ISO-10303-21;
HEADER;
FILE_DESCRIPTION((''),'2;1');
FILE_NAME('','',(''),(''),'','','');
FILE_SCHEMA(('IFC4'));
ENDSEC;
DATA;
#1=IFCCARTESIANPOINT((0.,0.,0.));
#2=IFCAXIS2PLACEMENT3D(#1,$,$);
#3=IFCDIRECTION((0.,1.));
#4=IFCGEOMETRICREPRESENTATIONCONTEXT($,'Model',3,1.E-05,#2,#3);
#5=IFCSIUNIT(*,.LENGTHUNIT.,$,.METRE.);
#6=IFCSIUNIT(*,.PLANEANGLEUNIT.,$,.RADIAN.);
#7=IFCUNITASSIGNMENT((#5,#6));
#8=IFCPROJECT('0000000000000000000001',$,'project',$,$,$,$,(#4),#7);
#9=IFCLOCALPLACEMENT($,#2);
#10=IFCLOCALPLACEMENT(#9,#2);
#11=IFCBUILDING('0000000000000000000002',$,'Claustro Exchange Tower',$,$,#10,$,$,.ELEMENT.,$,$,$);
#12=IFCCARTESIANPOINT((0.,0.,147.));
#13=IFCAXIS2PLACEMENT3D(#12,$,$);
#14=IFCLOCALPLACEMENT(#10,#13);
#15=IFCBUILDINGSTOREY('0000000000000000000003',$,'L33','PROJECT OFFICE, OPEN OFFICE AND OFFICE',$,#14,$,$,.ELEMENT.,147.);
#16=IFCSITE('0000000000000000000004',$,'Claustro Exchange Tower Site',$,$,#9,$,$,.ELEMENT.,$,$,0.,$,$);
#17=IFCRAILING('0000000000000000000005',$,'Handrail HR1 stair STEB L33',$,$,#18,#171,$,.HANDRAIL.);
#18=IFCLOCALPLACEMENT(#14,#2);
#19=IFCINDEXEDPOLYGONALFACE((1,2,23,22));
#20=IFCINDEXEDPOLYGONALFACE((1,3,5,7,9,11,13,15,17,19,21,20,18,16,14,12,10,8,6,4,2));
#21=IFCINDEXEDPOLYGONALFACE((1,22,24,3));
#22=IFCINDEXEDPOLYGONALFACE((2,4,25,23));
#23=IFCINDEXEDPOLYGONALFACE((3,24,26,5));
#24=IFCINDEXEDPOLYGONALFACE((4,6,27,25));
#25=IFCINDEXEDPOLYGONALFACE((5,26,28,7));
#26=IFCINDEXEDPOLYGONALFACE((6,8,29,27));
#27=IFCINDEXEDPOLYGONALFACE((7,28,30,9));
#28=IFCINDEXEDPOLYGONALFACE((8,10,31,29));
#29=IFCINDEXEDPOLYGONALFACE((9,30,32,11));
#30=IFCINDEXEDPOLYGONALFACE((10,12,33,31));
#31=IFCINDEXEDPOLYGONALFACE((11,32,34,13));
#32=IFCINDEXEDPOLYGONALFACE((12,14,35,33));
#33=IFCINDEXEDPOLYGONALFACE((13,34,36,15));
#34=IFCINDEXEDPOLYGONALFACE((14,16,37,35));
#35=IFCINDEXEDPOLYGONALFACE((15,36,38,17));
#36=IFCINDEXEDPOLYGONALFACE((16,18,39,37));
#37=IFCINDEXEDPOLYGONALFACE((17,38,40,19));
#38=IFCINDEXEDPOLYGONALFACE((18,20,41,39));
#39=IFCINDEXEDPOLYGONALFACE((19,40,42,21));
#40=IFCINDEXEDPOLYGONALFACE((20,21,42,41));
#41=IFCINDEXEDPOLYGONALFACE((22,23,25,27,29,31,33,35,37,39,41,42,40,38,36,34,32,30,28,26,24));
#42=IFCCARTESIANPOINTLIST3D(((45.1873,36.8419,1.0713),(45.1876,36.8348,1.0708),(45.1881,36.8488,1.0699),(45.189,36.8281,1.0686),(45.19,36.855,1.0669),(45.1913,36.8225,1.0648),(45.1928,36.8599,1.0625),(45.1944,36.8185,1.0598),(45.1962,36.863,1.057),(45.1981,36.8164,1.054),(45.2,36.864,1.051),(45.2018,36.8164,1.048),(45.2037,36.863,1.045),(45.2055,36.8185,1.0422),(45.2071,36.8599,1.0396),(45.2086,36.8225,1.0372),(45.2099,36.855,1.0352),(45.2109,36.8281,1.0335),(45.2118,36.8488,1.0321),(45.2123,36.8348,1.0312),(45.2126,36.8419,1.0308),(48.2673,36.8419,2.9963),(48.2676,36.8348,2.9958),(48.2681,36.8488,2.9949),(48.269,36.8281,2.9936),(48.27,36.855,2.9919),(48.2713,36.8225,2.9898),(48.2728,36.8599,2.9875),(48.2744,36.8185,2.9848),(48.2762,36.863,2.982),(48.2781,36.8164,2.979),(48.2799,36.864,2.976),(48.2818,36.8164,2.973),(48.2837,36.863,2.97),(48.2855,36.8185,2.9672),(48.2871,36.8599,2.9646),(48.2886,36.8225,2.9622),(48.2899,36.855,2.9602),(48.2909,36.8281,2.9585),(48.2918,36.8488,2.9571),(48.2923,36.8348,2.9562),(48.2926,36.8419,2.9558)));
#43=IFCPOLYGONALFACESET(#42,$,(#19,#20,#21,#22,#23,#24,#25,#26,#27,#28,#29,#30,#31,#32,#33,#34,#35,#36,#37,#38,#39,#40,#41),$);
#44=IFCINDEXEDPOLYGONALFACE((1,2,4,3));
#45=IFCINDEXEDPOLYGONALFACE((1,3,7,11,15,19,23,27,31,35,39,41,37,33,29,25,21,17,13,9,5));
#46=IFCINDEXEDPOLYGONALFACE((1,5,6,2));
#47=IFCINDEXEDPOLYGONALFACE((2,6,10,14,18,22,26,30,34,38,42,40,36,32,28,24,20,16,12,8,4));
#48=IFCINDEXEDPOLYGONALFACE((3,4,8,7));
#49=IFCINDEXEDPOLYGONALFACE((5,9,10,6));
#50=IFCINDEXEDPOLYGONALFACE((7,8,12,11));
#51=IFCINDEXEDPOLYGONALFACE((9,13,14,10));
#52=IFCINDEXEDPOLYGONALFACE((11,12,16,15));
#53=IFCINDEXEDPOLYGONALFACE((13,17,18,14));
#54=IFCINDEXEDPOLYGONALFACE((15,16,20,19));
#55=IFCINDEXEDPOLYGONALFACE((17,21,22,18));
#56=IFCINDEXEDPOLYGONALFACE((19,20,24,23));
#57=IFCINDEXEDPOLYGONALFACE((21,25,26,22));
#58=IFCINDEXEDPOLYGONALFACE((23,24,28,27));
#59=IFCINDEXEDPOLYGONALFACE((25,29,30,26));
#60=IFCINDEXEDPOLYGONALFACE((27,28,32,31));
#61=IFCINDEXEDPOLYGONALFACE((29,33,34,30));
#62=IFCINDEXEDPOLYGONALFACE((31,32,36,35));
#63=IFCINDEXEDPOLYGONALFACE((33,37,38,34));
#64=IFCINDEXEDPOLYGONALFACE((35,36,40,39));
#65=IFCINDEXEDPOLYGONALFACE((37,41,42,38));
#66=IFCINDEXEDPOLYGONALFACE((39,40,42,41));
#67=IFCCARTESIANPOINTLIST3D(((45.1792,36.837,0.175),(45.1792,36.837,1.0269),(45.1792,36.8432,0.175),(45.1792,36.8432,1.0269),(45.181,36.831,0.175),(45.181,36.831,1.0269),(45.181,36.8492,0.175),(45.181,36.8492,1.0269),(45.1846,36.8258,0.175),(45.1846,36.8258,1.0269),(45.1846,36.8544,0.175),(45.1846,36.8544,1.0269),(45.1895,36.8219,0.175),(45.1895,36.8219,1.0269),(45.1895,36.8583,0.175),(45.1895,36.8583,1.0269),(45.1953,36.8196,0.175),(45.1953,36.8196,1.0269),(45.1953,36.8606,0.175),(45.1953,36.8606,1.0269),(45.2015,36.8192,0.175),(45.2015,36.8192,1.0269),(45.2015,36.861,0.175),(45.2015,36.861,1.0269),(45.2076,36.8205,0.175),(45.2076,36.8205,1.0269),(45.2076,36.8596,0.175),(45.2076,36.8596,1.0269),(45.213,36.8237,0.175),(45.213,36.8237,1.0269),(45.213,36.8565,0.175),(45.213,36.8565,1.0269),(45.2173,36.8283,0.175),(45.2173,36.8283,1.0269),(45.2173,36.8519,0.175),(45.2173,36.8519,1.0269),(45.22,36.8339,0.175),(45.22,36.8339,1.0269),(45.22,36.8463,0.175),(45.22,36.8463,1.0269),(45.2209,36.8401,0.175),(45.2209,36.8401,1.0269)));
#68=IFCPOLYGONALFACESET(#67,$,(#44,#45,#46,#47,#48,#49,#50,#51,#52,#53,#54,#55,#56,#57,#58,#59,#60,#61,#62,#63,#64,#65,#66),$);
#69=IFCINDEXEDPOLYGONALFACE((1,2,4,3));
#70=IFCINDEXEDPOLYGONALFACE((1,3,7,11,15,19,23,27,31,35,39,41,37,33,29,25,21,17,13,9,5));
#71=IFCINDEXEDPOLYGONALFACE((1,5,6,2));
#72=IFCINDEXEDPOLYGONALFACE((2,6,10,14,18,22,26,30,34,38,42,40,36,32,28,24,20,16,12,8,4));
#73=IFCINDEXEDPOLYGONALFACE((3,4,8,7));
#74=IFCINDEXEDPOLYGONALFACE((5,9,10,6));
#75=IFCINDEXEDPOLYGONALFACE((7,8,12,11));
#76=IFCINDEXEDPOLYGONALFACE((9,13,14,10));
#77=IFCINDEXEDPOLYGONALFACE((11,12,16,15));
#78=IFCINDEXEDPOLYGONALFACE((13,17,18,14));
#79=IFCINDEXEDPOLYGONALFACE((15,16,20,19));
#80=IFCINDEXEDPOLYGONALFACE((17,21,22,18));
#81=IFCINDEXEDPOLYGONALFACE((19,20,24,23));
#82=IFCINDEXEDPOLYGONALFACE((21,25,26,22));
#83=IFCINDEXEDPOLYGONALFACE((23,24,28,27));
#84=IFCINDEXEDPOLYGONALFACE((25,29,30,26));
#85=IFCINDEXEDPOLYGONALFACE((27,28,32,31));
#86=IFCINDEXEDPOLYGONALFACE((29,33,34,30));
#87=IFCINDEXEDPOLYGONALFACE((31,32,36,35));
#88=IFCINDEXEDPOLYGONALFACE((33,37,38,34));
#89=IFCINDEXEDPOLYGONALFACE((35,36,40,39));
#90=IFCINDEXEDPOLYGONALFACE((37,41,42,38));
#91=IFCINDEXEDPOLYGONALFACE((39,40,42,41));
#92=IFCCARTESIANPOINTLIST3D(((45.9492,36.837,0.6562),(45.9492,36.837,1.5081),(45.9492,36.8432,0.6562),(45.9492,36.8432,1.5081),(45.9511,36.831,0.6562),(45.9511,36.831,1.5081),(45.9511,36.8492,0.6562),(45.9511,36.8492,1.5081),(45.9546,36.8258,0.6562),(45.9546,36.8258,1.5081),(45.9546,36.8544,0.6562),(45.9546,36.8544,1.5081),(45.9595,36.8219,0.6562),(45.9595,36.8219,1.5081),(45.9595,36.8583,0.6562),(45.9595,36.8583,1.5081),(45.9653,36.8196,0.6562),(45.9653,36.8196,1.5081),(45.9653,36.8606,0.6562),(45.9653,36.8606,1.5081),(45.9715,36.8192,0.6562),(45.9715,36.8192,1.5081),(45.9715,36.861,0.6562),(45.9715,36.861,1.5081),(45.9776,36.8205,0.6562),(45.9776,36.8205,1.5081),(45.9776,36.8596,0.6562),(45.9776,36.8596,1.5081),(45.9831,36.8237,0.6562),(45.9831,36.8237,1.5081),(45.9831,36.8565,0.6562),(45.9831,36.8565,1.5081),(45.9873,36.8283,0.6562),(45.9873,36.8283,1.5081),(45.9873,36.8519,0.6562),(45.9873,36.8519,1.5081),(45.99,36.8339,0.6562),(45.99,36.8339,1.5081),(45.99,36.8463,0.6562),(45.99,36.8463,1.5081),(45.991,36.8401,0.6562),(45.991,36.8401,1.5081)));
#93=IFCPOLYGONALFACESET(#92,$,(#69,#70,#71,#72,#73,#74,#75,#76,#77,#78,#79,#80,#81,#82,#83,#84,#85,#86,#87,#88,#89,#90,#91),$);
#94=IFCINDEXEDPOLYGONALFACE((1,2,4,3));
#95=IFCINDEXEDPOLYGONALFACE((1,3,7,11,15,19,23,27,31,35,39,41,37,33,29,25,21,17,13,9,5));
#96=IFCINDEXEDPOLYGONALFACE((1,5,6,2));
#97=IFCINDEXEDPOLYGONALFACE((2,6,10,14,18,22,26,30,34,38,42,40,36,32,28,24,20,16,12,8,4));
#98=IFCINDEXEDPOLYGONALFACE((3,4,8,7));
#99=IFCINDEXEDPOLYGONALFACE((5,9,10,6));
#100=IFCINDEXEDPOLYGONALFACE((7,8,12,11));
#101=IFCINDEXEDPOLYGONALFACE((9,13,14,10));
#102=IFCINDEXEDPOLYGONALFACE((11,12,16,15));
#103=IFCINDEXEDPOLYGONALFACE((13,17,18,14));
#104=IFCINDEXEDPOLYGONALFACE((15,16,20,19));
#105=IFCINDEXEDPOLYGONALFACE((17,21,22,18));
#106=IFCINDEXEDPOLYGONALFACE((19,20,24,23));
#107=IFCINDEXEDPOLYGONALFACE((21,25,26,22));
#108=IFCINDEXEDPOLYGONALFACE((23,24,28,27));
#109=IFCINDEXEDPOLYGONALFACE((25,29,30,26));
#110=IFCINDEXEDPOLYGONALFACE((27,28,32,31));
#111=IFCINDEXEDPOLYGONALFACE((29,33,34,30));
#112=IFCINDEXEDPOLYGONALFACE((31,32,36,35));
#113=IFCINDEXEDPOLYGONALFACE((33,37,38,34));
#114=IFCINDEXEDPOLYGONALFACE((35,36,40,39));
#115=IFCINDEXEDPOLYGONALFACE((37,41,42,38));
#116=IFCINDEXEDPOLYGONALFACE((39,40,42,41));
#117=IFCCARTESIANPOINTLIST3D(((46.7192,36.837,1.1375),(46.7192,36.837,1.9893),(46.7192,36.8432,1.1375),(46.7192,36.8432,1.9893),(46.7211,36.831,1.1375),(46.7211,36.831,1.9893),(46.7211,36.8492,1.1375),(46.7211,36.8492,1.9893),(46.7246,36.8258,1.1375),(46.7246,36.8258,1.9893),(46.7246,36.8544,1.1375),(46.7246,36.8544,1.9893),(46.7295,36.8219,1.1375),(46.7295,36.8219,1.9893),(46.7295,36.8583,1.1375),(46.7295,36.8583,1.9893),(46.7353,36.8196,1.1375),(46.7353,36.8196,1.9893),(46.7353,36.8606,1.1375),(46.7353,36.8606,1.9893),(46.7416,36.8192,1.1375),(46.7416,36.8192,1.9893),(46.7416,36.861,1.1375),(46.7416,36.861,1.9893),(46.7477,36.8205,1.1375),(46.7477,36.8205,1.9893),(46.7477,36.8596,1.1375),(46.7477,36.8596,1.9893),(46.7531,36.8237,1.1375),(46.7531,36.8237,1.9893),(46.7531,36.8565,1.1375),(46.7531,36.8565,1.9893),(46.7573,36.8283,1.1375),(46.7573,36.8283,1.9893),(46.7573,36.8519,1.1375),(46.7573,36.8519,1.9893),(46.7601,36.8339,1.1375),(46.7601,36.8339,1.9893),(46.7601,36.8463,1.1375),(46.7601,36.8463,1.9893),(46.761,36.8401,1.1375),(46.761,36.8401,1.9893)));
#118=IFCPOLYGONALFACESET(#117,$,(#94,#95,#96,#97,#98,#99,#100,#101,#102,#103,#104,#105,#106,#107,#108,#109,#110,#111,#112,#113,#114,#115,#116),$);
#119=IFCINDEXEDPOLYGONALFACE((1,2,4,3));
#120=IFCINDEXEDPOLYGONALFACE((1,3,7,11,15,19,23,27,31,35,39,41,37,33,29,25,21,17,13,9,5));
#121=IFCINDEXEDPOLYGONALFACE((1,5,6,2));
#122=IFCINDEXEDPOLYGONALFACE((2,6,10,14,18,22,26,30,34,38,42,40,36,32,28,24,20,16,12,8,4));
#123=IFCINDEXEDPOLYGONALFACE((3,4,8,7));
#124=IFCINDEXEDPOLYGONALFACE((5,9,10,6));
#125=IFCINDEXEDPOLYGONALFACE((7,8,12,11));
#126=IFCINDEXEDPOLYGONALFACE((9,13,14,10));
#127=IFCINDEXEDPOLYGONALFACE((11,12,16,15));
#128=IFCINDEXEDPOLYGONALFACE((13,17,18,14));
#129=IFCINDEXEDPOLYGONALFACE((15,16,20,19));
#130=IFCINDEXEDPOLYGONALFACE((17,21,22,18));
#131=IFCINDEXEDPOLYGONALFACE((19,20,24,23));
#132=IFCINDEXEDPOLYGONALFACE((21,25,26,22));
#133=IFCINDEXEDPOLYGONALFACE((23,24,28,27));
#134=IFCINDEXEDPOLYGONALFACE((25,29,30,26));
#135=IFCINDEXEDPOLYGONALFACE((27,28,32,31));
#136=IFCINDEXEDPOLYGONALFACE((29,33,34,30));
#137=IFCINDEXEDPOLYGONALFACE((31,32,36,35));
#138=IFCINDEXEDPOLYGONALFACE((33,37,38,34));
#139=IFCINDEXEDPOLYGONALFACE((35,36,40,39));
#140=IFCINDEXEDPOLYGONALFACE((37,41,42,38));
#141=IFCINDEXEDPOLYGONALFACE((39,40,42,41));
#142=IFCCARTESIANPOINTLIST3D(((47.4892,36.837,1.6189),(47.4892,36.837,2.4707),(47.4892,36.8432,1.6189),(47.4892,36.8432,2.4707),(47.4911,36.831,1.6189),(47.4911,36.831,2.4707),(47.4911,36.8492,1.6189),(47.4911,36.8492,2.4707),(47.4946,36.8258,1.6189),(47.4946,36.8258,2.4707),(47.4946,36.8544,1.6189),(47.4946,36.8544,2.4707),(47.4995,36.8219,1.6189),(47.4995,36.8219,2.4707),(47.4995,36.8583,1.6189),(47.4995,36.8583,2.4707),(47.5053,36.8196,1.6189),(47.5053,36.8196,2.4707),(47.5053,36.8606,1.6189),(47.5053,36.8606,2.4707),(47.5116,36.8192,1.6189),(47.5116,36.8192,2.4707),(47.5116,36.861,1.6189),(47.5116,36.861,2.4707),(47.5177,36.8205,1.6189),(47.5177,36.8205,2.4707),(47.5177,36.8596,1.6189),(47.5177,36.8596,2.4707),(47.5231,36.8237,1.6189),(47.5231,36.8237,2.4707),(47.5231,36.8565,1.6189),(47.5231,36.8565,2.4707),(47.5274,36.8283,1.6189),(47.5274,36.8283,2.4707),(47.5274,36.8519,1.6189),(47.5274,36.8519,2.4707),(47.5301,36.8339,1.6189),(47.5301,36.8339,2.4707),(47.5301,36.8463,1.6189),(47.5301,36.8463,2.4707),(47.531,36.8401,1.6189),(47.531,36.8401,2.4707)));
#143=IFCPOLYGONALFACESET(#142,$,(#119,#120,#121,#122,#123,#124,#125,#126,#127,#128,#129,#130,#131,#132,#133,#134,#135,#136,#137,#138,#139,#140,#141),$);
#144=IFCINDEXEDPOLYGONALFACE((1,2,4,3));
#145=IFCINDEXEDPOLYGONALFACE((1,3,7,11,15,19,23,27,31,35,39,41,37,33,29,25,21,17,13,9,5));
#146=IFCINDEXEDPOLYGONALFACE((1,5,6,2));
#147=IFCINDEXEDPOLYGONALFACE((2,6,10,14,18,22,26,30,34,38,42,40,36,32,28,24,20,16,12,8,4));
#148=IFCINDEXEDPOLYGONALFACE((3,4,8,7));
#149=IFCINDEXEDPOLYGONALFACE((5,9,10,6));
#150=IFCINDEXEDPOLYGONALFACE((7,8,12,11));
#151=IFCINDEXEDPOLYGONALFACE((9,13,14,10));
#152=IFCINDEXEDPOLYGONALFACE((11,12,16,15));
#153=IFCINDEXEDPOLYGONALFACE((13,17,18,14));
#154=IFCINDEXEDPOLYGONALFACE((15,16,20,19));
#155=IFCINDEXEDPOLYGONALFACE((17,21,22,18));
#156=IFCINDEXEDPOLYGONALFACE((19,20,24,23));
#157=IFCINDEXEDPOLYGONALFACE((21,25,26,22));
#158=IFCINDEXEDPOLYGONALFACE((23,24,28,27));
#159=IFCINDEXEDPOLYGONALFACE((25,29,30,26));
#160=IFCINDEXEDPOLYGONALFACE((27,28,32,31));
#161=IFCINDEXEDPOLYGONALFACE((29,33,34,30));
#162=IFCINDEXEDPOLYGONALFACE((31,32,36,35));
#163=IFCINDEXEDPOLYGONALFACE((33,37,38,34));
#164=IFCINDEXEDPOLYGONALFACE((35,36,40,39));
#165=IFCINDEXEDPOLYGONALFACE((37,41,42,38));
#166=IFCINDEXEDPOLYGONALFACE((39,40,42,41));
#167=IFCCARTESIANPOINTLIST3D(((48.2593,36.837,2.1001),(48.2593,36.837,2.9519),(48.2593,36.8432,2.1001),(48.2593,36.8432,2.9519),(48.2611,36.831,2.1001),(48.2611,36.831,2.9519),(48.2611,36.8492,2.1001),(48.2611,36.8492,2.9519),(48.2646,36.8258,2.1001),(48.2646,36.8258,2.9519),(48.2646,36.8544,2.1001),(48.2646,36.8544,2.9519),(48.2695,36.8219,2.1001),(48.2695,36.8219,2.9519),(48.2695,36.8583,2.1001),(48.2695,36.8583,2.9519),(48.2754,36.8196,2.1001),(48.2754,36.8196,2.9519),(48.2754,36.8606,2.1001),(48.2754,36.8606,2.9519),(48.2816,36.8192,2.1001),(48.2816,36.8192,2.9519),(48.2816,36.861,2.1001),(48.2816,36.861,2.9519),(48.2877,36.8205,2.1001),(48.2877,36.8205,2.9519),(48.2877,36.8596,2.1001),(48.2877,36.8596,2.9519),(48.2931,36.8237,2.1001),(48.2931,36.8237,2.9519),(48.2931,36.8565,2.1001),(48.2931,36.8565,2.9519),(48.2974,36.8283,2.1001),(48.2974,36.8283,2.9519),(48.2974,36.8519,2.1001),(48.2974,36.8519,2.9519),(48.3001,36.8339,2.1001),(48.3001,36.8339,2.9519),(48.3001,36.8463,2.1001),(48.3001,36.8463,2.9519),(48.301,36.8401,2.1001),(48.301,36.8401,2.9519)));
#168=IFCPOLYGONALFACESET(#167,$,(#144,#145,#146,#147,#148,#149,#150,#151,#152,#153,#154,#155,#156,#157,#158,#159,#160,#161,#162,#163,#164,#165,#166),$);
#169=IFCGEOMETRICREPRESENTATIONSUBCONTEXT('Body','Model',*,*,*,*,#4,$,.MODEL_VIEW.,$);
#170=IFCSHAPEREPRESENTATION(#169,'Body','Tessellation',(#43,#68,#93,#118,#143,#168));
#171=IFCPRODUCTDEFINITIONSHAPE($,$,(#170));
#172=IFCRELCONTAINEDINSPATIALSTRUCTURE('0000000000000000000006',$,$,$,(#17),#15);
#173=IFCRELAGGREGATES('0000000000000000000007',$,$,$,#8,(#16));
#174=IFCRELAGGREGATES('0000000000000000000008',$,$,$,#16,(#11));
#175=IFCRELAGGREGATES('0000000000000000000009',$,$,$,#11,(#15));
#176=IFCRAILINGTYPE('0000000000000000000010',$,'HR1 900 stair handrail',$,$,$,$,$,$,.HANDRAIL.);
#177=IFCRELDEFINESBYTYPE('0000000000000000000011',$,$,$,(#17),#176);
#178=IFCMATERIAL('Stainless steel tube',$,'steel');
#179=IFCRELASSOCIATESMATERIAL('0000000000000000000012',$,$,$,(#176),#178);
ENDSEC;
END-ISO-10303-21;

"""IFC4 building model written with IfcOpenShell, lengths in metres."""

from ifc_helpers import new_model, si_unit, direction, frame, origin, origin_2d, place, context, subcontext, project, spatial, circle, extrude, material, type_object, element, save


model = new_model("IFC4")

# Units and contexts
model_context = context("Model", 3, precision=1e-05, world=origin(), true_north=direction((0.0, 1.0)))
body_context = subcontext(model_context, "Body", "Model", "MODEL_VIEW")
ifc_project = project(units=[si_unit("LENGTHUNIT", "METRE"), si_unit("PLANEANGLEUNIT", "RADIAN")], contexts=[model_context])

# Site, building, storey
site_placement = place(None, origin())
site = spatial("IfcSite", under=ifc_project, at=site_placement, Name="Claustro Exchange Tower Site", CompositionType="ELEMENT", RefElevation=0.0)
building_placement = place(site_placement, origin())
building = spatial("IfcBuilding", under=site, at=building_placement, Name="Claustro Exchange Tower", CompositionType="ELEMENT")
storey_placement = place(building_placement, frame((0.0, 0.0, 147.0)))
storey = spatial("IfcBuildingStorey", under=building, at=storey_placement, Name="L33", Description="PROJECT OFFICE, OPEN OFFICE AND OFFICE", CompositionType="ELEMENT", Elevation=147.0)

# Railing
ifc_material_1 = material(Name="Stainless steel tube", Category="steel")
railing_type_1 = type_object("IfcRailingType", Name="HR1 900 stair handrail", PredefinedType="HANDRAIL", material=ifc_material_1)
railing_1_placement = place(storey_placement, frame((45.2, 36.8401, 0.175)))
element("IfcRailing", 1, at=railing_1_placement, inside=storey, type_object=railing_type_1, Name="Handrail HR1 stair STEB L33", PredefinedType="HANDRAIL", context=body_context, shape_type="SweptSolid", body=[
    extrude(circle(Radius=0.0239, at=origin_2d()), frame((0.0, 0.0, 0.876), z_axis=(0.847998, 0.0, 0.529999), x_axis=(0.0, 1.0, 0.0)), (0.0, 0.0, 1.0), 3.6321),
    extrude(circle(Radius=0.021, at=origin_2d()), origin(), (0.0, 0.0, 1.0), 0.8518),
    extrude(circle(Radius=0.021, at=origin_2d()), frame((0.77, 0.0, 0.4812)), (0.0, 0.0, 1.0), 0.8518),
    extrude(circle(Radius=0.021, at=origin_2d()), frame((1.54, 0.0, 0.9624)), (0.0, 0.0, 1.0), 0.8518),
    extrude(circle(Radius=0.021, at=origin_2d()), frame((2.3101, 0.0, 1.4438)), (0.0, 0.0, 1.0), 0.8518),
    extrude(circle(Radius=0.021, at=origin_2d()), frame((3.0801, 0.0, 1.925)), (0.0, 0.0, 1.0), 0.8518),
])

save(model, "model.ifc")
